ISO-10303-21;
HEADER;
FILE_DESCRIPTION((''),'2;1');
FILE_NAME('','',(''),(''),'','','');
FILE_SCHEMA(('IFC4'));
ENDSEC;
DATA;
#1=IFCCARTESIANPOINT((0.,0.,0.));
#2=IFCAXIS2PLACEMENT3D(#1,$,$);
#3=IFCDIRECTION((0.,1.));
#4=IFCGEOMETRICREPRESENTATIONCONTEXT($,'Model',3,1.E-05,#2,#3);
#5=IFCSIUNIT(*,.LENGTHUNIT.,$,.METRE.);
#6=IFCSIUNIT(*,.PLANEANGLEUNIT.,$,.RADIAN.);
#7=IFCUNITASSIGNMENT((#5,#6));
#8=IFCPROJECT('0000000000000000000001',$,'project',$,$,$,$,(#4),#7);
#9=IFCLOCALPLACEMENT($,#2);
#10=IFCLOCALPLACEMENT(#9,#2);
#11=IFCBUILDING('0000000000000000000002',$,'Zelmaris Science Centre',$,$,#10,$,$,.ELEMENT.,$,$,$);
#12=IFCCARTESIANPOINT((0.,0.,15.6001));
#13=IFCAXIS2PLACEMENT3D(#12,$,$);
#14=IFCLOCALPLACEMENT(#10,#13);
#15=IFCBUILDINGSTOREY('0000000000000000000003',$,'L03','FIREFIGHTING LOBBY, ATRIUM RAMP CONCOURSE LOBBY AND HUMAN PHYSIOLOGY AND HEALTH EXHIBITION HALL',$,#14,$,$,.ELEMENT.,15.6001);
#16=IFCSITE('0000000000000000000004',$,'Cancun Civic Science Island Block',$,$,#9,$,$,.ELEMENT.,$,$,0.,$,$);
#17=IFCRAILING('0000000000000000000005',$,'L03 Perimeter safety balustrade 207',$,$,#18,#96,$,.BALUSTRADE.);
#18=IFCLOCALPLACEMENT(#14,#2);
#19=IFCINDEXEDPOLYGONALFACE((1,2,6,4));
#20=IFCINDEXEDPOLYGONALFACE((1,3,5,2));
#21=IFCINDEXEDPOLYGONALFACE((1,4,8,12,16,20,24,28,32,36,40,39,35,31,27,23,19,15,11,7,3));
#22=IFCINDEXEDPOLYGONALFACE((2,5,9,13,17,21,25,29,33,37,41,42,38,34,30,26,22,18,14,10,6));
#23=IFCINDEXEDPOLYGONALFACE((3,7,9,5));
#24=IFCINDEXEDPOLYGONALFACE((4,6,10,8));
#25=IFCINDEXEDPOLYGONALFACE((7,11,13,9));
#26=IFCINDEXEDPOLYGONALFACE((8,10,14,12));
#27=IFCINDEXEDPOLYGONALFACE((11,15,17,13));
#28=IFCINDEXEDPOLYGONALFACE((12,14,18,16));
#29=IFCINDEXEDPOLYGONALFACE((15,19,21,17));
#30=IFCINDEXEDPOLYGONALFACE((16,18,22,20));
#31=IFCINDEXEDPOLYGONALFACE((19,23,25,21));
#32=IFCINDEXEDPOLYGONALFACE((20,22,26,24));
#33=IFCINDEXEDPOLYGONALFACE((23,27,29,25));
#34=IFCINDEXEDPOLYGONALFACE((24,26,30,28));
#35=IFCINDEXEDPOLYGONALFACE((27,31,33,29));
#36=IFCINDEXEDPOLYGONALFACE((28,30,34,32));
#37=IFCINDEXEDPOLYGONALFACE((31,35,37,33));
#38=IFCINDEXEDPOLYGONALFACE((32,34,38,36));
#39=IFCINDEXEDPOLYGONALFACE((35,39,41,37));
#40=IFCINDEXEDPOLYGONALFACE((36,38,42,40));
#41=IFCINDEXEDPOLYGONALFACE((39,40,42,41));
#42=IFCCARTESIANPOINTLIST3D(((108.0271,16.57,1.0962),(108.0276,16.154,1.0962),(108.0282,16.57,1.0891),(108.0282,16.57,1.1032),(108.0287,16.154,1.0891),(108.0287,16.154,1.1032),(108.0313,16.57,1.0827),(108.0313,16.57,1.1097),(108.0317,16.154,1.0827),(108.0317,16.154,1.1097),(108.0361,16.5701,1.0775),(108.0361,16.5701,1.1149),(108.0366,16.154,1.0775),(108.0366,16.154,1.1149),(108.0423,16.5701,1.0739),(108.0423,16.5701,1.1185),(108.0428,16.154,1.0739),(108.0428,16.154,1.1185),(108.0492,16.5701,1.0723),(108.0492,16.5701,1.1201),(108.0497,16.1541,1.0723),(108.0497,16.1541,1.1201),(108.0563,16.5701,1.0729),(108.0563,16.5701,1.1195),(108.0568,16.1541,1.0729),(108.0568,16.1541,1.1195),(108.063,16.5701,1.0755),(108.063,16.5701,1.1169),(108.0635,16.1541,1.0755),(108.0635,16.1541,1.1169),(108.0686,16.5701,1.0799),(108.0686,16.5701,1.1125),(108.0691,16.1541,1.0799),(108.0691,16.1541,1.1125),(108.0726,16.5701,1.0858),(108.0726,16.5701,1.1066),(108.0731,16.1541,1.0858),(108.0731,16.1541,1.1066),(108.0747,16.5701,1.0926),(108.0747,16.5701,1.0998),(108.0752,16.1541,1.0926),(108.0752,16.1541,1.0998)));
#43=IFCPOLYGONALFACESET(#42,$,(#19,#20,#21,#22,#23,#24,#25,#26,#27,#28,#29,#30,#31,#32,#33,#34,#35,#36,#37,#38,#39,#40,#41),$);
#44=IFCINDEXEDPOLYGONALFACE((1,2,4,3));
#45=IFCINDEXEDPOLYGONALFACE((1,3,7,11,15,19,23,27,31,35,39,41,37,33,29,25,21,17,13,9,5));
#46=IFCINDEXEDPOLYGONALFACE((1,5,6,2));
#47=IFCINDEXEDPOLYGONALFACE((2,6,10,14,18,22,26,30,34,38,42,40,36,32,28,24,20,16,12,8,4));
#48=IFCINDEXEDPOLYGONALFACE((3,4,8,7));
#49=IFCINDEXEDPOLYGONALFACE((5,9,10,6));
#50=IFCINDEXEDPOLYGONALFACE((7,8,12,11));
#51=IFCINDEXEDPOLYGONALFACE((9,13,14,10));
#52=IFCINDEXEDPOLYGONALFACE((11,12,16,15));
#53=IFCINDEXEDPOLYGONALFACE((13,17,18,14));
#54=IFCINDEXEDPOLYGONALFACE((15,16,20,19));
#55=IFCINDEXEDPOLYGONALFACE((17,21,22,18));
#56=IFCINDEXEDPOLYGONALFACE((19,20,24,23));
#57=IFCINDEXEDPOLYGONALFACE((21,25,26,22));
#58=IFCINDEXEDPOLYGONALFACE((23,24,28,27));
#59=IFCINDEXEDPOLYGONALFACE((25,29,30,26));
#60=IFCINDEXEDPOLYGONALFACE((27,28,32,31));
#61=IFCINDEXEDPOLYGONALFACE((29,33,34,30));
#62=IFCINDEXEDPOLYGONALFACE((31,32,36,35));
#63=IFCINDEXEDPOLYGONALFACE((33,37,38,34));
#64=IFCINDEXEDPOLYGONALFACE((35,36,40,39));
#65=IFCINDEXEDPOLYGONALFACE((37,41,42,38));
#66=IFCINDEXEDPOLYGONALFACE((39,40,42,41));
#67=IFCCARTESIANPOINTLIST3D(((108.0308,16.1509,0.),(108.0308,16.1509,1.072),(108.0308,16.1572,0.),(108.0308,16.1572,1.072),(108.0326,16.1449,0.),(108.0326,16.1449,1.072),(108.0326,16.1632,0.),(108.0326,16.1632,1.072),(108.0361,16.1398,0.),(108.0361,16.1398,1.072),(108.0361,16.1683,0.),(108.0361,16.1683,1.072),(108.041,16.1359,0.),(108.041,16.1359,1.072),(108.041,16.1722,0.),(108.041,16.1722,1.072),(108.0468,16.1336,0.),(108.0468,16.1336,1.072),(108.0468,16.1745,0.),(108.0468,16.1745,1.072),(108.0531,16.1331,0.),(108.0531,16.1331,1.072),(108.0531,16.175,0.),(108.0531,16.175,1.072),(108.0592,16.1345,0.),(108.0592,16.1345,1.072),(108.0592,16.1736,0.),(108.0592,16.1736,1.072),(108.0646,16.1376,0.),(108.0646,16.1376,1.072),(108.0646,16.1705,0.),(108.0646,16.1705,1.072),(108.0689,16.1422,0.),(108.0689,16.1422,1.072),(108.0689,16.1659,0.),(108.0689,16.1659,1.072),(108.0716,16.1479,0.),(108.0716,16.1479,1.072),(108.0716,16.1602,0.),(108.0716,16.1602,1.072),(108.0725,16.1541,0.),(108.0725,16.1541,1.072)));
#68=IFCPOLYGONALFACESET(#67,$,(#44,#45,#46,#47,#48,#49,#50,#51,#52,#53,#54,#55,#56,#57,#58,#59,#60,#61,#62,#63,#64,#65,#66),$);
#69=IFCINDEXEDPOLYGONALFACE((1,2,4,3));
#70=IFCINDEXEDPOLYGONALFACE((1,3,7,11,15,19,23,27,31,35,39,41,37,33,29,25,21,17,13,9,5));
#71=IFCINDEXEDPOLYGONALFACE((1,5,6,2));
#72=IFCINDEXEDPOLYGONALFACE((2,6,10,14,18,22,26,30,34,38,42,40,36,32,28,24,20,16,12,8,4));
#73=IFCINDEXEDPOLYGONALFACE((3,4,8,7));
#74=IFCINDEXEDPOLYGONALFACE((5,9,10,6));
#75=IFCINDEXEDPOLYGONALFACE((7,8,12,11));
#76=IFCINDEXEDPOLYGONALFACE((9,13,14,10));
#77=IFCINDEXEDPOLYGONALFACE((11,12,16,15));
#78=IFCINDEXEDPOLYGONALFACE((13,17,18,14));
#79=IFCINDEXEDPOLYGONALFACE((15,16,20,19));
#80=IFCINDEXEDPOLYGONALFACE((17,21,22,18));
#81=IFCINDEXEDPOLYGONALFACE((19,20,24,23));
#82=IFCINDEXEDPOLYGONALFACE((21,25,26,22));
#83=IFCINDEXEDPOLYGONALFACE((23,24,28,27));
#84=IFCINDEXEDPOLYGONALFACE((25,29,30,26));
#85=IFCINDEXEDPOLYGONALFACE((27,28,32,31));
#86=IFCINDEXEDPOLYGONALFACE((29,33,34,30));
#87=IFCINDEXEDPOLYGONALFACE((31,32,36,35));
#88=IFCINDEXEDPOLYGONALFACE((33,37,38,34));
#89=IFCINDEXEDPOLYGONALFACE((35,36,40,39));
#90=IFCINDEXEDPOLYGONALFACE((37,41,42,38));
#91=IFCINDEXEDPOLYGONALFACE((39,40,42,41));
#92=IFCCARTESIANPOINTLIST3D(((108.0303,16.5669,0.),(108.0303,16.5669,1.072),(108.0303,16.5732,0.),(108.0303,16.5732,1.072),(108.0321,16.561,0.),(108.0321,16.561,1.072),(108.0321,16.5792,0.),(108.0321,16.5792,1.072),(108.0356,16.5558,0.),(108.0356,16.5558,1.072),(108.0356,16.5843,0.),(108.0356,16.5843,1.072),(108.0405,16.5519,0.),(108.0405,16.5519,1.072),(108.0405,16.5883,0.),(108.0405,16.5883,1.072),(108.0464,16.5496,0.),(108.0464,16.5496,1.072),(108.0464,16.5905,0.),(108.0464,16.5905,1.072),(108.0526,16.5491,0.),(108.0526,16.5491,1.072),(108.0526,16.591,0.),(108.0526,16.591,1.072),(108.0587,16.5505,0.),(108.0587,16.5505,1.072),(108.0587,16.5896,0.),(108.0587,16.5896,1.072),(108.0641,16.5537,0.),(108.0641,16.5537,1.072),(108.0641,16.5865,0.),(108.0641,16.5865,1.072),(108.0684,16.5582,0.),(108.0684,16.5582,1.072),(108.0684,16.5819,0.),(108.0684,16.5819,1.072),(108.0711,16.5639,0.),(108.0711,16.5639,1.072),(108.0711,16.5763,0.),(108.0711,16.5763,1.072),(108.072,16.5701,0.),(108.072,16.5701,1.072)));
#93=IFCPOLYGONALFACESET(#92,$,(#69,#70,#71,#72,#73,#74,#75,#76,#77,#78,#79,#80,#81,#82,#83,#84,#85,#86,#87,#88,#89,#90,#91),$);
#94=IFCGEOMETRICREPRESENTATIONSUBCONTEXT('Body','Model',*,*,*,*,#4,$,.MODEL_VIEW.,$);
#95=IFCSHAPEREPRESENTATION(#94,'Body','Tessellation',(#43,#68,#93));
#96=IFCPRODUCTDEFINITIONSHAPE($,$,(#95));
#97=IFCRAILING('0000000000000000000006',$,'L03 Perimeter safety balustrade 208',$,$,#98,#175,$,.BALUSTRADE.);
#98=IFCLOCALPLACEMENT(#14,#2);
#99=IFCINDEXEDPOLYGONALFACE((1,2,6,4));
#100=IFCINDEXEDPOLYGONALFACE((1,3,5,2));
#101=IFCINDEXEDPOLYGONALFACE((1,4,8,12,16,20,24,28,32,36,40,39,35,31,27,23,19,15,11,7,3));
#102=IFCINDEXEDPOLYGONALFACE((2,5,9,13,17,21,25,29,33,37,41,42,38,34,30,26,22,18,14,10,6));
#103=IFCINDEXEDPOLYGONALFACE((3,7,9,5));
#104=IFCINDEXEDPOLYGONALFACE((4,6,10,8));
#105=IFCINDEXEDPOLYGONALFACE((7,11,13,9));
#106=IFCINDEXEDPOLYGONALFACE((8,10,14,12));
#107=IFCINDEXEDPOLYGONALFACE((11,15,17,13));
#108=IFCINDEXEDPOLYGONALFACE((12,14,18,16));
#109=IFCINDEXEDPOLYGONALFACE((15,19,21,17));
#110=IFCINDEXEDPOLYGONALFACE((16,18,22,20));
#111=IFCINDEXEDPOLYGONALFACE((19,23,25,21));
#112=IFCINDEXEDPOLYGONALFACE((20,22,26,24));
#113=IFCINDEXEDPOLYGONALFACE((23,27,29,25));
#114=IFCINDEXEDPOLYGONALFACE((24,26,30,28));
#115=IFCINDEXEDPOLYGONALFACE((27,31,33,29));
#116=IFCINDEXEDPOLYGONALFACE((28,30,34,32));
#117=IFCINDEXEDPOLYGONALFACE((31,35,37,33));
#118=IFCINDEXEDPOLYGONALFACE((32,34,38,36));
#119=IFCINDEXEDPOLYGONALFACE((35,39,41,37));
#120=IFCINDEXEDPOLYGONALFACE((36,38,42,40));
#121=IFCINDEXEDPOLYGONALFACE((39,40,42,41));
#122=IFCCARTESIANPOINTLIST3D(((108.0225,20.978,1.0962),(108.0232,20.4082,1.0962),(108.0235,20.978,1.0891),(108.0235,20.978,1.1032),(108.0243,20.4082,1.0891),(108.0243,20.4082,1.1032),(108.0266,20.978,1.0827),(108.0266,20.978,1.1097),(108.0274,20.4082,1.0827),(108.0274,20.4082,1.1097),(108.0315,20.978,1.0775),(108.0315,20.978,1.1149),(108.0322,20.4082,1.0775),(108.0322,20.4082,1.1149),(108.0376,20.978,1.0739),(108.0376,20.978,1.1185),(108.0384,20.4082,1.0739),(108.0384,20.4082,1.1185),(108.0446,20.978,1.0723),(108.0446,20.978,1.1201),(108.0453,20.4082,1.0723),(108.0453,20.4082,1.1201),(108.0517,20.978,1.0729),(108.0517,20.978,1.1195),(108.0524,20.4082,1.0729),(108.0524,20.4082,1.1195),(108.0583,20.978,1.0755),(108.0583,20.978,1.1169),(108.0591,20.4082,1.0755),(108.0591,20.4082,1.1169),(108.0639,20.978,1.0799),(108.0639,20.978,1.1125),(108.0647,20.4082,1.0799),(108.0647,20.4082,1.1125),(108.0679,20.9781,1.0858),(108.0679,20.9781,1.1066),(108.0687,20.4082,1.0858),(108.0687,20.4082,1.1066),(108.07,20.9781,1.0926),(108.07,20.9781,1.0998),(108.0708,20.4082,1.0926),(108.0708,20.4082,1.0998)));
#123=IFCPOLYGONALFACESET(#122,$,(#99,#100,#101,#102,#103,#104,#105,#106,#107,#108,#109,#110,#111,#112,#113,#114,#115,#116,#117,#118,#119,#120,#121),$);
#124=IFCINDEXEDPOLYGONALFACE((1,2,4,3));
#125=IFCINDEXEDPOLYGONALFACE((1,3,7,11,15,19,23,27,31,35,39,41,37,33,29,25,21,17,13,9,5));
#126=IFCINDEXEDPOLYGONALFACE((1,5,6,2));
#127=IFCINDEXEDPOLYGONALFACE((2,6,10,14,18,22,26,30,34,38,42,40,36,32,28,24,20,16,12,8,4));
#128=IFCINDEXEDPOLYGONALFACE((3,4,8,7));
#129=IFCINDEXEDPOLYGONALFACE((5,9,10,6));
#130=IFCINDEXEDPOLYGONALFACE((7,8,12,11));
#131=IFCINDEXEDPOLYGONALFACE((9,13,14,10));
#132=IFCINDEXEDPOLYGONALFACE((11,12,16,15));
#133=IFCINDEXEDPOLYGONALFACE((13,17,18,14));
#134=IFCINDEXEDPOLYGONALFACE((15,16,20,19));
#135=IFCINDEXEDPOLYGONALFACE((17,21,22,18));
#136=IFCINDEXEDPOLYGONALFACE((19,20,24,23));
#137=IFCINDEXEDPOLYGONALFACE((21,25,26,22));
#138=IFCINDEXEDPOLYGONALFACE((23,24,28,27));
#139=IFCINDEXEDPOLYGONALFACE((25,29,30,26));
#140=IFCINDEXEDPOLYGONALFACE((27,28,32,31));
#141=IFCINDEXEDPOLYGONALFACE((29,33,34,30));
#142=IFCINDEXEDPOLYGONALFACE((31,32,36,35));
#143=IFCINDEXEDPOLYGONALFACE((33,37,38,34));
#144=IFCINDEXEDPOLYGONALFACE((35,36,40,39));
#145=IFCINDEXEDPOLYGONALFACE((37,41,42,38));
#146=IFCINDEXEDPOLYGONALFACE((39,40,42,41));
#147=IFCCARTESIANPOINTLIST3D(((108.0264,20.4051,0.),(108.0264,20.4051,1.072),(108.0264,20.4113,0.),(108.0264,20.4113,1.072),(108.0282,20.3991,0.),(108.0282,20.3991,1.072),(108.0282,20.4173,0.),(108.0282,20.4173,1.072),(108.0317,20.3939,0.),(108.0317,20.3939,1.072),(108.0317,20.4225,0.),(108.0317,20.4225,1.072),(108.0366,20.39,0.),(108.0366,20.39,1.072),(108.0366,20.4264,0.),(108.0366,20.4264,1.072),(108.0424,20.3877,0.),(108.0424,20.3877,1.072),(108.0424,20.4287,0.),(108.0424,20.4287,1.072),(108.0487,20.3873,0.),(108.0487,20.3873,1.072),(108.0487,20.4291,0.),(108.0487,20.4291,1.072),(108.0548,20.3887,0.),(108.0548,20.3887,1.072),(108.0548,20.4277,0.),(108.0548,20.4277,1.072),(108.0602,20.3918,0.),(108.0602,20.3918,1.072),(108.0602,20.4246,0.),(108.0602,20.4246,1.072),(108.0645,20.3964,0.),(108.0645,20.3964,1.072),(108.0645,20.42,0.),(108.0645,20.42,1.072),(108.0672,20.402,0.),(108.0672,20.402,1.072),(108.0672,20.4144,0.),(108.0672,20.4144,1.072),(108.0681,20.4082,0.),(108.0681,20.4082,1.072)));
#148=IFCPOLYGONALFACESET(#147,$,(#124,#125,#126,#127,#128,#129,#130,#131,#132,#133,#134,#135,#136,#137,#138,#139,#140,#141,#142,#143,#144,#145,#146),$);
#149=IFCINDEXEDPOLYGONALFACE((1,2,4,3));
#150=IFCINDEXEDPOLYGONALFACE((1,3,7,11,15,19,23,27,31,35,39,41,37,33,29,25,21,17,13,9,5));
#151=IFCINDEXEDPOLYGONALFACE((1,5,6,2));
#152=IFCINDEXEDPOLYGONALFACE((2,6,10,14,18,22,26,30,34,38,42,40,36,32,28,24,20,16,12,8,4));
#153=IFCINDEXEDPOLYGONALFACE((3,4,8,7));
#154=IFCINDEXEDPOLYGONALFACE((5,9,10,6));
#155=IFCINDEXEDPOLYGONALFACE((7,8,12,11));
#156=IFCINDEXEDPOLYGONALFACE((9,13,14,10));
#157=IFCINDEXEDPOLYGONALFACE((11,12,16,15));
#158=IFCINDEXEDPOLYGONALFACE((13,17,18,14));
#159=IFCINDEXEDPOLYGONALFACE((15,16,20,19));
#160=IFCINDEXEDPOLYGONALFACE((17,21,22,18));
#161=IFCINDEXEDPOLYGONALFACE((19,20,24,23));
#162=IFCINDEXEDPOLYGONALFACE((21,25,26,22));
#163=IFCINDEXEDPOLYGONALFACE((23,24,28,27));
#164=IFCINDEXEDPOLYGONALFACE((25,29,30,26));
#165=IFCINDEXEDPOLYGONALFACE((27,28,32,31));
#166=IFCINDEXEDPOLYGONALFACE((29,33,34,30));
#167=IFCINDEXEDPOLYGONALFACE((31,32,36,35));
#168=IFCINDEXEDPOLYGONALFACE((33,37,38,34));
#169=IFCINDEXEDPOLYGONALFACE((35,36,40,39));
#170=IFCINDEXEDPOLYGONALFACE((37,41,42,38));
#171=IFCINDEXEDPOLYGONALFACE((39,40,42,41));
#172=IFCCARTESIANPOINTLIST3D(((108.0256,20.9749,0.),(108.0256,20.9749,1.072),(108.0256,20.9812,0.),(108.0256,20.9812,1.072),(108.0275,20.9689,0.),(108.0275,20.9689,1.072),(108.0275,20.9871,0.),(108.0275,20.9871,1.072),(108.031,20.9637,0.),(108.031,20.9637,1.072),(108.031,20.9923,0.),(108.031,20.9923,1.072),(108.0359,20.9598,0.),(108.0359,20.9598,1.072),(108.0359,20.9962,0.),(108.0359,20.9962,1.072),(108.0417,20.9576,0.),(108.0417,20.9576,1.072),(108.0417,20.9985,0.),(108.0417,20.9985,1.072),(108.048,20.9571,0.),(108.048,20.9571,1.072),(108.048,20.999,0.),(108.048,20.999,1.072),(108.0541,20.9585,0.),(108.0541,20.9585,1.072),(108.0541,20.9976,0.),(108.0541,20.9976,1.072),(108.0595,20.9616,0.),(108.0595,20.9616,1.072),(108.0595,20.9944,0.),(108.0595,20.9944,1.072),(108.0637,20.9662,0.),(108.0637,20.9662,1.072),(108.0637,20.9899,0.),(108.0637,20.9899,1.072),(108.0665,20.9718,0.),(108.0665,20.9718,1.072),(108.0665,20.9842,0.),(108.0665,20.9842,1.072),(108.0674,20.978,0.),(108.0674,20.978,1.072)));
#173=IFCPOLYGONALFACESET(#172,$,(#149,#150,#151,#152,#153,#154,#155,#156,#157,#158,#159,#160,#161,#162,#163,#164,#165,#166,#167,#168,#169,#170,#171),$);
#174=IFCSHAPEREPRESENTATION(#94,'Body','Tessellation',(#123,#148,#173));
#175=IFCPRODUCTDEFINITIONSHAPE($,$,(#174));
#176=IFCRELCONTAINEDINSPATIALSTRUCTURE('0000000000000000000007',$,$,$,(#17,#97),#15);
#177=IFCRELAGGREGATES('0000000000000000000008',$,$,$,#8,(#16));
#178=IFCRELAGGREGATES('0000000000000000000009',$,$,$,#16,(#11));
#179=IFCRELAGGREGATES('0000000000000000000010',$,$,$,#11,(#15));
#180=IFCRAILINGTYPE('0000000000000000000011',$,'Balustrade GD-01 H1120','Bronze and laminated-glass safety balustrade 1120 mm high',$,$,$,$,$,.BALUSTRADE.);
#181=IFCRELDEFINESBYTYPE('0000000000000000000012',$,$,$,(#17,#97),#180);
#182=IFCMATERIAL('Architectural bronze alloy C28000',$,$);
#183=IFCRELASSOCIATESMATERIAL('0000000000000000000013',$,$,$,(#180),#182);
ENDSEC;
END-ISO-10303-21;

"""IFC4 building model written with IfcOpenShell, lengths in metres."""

from ifc_helpers import new_model, si_unit, direction, frame, origin, origin_2d, place, context, subcontext, project, spatial, circle, extrude, material, type_object, element, save


model = new_model("IFC4")

# Units and contexts
model_context = context("Model", 3, precision=1e-05, world=origin(), true_north=direction((0.0, 1.0)))
body_context = subcontext(model_context, "Body", "Model", "MODEL_VIEW")
ifc_project = project(units=[si_unit("LENGTHUNIT", "METRE"), si_unit("PLANEANGLEUNIT", "RADIAN")], contexts=[model_context])

# Site, building, storey
site_placement = place(None, origin())
site = spatial("IfcSite", under=ifc_project, at=site_placement, Name="Cancun Civic Science Island Block", CompositionType="ELEMENT", RefElevation=0.0)
building_placement = place(site_placement, origin())
building = spatial("IfcBuilding", under=site, at=building_placement, Name="Zelmaris Science Centre", CompositionType="ELEMENT")
storey_placement = place(building_placement, frame((0.0, 0.0, 15.6001)))
storey = spatial("IfcBuildingStorey", under=building, at=storey_placement, Name="L03", Description="FIREFIGHTING LOBBY, ATRIUM RAMP CONCOURSE LOBBY AND HUMAN PHYSIOLOGY AND HEALTH EXHIBITION HALL", CompositionType="ELEMENT", Elevation=15.6001)

# Railings
ifc_material_1 = material(Name="Architectural bronze alloy C28000")
railing_type = type_object("IfcRailingType", Name="Balustrade GD-01 H1120", Description="Bronze and laminated-glass safety balustrade 1120 mm high", PredefinedType="BALUSTRADE", material=ifc_material_1)
railing_1_placement = place(storey_placement, frame((108.0515, 16.1541, 0.0)))
element("IfcRailing", 1, at=railing_1_placement, inside=storey, type_object=railing_type, Name="L03 Perimeter safety balustrade 207", PredefinedType="BALUSTRADE", context=body_context, shape_type="SweptSolid", body=[
    extrude(circle(Radius=0.0239, at=origin_2d()), frame((0.0, 0.0, 1.0962), z_axis=(-0.001174, 0.999999, 0.0), x_axis=(-0.999999, -0.001174, 0.0)), (0.0, 0.0, 1.0), 0.416),
    extrude(circle(Radius=0.021, at=origin_2d()), origin(), (0.0, 0.0, 1.0), 1.072),
    extrude(circle(Radius=0.021, at=origin_2d()), frame((-0.0005, 0.416, 0.0)), (0.0, 0.0, 1.0), 1.072),
])
railing_2_placement = place(storey_placement, frame((108.0471, 20.4082, 0.0)))
element("IfcRailing", 2, at=railing_2_placement, inside=storey, type_object=railing_type, Name="L03 Perimeter safety balustrade 208", PredefinedType="BALUSTRADE", context=body_context, shape_type="SweptSolid", body=[
    extrude(circle(Radius=0.0239, at=origin_2d()), frame((0.0, 0.0, 1.0962), z_axis=(-0.001285, 0.999999, 0.0), x_axis=(-0.999999, -0.001285, 0.0)), (0.0, 0.0, 1.0), 0.5698),
    extrude(circle(Radius=0.021, at=origin_2d()), origin(), (0.0, 0.0, 1.0), 1.072),
    extrude(circle(Radius=0.021, at=origin_2d()), frame((-0.0007, 0.5698, 0.0)), (0.0, 0.0, 1.0), 1.072),
])

save(model, "model.ifc")
